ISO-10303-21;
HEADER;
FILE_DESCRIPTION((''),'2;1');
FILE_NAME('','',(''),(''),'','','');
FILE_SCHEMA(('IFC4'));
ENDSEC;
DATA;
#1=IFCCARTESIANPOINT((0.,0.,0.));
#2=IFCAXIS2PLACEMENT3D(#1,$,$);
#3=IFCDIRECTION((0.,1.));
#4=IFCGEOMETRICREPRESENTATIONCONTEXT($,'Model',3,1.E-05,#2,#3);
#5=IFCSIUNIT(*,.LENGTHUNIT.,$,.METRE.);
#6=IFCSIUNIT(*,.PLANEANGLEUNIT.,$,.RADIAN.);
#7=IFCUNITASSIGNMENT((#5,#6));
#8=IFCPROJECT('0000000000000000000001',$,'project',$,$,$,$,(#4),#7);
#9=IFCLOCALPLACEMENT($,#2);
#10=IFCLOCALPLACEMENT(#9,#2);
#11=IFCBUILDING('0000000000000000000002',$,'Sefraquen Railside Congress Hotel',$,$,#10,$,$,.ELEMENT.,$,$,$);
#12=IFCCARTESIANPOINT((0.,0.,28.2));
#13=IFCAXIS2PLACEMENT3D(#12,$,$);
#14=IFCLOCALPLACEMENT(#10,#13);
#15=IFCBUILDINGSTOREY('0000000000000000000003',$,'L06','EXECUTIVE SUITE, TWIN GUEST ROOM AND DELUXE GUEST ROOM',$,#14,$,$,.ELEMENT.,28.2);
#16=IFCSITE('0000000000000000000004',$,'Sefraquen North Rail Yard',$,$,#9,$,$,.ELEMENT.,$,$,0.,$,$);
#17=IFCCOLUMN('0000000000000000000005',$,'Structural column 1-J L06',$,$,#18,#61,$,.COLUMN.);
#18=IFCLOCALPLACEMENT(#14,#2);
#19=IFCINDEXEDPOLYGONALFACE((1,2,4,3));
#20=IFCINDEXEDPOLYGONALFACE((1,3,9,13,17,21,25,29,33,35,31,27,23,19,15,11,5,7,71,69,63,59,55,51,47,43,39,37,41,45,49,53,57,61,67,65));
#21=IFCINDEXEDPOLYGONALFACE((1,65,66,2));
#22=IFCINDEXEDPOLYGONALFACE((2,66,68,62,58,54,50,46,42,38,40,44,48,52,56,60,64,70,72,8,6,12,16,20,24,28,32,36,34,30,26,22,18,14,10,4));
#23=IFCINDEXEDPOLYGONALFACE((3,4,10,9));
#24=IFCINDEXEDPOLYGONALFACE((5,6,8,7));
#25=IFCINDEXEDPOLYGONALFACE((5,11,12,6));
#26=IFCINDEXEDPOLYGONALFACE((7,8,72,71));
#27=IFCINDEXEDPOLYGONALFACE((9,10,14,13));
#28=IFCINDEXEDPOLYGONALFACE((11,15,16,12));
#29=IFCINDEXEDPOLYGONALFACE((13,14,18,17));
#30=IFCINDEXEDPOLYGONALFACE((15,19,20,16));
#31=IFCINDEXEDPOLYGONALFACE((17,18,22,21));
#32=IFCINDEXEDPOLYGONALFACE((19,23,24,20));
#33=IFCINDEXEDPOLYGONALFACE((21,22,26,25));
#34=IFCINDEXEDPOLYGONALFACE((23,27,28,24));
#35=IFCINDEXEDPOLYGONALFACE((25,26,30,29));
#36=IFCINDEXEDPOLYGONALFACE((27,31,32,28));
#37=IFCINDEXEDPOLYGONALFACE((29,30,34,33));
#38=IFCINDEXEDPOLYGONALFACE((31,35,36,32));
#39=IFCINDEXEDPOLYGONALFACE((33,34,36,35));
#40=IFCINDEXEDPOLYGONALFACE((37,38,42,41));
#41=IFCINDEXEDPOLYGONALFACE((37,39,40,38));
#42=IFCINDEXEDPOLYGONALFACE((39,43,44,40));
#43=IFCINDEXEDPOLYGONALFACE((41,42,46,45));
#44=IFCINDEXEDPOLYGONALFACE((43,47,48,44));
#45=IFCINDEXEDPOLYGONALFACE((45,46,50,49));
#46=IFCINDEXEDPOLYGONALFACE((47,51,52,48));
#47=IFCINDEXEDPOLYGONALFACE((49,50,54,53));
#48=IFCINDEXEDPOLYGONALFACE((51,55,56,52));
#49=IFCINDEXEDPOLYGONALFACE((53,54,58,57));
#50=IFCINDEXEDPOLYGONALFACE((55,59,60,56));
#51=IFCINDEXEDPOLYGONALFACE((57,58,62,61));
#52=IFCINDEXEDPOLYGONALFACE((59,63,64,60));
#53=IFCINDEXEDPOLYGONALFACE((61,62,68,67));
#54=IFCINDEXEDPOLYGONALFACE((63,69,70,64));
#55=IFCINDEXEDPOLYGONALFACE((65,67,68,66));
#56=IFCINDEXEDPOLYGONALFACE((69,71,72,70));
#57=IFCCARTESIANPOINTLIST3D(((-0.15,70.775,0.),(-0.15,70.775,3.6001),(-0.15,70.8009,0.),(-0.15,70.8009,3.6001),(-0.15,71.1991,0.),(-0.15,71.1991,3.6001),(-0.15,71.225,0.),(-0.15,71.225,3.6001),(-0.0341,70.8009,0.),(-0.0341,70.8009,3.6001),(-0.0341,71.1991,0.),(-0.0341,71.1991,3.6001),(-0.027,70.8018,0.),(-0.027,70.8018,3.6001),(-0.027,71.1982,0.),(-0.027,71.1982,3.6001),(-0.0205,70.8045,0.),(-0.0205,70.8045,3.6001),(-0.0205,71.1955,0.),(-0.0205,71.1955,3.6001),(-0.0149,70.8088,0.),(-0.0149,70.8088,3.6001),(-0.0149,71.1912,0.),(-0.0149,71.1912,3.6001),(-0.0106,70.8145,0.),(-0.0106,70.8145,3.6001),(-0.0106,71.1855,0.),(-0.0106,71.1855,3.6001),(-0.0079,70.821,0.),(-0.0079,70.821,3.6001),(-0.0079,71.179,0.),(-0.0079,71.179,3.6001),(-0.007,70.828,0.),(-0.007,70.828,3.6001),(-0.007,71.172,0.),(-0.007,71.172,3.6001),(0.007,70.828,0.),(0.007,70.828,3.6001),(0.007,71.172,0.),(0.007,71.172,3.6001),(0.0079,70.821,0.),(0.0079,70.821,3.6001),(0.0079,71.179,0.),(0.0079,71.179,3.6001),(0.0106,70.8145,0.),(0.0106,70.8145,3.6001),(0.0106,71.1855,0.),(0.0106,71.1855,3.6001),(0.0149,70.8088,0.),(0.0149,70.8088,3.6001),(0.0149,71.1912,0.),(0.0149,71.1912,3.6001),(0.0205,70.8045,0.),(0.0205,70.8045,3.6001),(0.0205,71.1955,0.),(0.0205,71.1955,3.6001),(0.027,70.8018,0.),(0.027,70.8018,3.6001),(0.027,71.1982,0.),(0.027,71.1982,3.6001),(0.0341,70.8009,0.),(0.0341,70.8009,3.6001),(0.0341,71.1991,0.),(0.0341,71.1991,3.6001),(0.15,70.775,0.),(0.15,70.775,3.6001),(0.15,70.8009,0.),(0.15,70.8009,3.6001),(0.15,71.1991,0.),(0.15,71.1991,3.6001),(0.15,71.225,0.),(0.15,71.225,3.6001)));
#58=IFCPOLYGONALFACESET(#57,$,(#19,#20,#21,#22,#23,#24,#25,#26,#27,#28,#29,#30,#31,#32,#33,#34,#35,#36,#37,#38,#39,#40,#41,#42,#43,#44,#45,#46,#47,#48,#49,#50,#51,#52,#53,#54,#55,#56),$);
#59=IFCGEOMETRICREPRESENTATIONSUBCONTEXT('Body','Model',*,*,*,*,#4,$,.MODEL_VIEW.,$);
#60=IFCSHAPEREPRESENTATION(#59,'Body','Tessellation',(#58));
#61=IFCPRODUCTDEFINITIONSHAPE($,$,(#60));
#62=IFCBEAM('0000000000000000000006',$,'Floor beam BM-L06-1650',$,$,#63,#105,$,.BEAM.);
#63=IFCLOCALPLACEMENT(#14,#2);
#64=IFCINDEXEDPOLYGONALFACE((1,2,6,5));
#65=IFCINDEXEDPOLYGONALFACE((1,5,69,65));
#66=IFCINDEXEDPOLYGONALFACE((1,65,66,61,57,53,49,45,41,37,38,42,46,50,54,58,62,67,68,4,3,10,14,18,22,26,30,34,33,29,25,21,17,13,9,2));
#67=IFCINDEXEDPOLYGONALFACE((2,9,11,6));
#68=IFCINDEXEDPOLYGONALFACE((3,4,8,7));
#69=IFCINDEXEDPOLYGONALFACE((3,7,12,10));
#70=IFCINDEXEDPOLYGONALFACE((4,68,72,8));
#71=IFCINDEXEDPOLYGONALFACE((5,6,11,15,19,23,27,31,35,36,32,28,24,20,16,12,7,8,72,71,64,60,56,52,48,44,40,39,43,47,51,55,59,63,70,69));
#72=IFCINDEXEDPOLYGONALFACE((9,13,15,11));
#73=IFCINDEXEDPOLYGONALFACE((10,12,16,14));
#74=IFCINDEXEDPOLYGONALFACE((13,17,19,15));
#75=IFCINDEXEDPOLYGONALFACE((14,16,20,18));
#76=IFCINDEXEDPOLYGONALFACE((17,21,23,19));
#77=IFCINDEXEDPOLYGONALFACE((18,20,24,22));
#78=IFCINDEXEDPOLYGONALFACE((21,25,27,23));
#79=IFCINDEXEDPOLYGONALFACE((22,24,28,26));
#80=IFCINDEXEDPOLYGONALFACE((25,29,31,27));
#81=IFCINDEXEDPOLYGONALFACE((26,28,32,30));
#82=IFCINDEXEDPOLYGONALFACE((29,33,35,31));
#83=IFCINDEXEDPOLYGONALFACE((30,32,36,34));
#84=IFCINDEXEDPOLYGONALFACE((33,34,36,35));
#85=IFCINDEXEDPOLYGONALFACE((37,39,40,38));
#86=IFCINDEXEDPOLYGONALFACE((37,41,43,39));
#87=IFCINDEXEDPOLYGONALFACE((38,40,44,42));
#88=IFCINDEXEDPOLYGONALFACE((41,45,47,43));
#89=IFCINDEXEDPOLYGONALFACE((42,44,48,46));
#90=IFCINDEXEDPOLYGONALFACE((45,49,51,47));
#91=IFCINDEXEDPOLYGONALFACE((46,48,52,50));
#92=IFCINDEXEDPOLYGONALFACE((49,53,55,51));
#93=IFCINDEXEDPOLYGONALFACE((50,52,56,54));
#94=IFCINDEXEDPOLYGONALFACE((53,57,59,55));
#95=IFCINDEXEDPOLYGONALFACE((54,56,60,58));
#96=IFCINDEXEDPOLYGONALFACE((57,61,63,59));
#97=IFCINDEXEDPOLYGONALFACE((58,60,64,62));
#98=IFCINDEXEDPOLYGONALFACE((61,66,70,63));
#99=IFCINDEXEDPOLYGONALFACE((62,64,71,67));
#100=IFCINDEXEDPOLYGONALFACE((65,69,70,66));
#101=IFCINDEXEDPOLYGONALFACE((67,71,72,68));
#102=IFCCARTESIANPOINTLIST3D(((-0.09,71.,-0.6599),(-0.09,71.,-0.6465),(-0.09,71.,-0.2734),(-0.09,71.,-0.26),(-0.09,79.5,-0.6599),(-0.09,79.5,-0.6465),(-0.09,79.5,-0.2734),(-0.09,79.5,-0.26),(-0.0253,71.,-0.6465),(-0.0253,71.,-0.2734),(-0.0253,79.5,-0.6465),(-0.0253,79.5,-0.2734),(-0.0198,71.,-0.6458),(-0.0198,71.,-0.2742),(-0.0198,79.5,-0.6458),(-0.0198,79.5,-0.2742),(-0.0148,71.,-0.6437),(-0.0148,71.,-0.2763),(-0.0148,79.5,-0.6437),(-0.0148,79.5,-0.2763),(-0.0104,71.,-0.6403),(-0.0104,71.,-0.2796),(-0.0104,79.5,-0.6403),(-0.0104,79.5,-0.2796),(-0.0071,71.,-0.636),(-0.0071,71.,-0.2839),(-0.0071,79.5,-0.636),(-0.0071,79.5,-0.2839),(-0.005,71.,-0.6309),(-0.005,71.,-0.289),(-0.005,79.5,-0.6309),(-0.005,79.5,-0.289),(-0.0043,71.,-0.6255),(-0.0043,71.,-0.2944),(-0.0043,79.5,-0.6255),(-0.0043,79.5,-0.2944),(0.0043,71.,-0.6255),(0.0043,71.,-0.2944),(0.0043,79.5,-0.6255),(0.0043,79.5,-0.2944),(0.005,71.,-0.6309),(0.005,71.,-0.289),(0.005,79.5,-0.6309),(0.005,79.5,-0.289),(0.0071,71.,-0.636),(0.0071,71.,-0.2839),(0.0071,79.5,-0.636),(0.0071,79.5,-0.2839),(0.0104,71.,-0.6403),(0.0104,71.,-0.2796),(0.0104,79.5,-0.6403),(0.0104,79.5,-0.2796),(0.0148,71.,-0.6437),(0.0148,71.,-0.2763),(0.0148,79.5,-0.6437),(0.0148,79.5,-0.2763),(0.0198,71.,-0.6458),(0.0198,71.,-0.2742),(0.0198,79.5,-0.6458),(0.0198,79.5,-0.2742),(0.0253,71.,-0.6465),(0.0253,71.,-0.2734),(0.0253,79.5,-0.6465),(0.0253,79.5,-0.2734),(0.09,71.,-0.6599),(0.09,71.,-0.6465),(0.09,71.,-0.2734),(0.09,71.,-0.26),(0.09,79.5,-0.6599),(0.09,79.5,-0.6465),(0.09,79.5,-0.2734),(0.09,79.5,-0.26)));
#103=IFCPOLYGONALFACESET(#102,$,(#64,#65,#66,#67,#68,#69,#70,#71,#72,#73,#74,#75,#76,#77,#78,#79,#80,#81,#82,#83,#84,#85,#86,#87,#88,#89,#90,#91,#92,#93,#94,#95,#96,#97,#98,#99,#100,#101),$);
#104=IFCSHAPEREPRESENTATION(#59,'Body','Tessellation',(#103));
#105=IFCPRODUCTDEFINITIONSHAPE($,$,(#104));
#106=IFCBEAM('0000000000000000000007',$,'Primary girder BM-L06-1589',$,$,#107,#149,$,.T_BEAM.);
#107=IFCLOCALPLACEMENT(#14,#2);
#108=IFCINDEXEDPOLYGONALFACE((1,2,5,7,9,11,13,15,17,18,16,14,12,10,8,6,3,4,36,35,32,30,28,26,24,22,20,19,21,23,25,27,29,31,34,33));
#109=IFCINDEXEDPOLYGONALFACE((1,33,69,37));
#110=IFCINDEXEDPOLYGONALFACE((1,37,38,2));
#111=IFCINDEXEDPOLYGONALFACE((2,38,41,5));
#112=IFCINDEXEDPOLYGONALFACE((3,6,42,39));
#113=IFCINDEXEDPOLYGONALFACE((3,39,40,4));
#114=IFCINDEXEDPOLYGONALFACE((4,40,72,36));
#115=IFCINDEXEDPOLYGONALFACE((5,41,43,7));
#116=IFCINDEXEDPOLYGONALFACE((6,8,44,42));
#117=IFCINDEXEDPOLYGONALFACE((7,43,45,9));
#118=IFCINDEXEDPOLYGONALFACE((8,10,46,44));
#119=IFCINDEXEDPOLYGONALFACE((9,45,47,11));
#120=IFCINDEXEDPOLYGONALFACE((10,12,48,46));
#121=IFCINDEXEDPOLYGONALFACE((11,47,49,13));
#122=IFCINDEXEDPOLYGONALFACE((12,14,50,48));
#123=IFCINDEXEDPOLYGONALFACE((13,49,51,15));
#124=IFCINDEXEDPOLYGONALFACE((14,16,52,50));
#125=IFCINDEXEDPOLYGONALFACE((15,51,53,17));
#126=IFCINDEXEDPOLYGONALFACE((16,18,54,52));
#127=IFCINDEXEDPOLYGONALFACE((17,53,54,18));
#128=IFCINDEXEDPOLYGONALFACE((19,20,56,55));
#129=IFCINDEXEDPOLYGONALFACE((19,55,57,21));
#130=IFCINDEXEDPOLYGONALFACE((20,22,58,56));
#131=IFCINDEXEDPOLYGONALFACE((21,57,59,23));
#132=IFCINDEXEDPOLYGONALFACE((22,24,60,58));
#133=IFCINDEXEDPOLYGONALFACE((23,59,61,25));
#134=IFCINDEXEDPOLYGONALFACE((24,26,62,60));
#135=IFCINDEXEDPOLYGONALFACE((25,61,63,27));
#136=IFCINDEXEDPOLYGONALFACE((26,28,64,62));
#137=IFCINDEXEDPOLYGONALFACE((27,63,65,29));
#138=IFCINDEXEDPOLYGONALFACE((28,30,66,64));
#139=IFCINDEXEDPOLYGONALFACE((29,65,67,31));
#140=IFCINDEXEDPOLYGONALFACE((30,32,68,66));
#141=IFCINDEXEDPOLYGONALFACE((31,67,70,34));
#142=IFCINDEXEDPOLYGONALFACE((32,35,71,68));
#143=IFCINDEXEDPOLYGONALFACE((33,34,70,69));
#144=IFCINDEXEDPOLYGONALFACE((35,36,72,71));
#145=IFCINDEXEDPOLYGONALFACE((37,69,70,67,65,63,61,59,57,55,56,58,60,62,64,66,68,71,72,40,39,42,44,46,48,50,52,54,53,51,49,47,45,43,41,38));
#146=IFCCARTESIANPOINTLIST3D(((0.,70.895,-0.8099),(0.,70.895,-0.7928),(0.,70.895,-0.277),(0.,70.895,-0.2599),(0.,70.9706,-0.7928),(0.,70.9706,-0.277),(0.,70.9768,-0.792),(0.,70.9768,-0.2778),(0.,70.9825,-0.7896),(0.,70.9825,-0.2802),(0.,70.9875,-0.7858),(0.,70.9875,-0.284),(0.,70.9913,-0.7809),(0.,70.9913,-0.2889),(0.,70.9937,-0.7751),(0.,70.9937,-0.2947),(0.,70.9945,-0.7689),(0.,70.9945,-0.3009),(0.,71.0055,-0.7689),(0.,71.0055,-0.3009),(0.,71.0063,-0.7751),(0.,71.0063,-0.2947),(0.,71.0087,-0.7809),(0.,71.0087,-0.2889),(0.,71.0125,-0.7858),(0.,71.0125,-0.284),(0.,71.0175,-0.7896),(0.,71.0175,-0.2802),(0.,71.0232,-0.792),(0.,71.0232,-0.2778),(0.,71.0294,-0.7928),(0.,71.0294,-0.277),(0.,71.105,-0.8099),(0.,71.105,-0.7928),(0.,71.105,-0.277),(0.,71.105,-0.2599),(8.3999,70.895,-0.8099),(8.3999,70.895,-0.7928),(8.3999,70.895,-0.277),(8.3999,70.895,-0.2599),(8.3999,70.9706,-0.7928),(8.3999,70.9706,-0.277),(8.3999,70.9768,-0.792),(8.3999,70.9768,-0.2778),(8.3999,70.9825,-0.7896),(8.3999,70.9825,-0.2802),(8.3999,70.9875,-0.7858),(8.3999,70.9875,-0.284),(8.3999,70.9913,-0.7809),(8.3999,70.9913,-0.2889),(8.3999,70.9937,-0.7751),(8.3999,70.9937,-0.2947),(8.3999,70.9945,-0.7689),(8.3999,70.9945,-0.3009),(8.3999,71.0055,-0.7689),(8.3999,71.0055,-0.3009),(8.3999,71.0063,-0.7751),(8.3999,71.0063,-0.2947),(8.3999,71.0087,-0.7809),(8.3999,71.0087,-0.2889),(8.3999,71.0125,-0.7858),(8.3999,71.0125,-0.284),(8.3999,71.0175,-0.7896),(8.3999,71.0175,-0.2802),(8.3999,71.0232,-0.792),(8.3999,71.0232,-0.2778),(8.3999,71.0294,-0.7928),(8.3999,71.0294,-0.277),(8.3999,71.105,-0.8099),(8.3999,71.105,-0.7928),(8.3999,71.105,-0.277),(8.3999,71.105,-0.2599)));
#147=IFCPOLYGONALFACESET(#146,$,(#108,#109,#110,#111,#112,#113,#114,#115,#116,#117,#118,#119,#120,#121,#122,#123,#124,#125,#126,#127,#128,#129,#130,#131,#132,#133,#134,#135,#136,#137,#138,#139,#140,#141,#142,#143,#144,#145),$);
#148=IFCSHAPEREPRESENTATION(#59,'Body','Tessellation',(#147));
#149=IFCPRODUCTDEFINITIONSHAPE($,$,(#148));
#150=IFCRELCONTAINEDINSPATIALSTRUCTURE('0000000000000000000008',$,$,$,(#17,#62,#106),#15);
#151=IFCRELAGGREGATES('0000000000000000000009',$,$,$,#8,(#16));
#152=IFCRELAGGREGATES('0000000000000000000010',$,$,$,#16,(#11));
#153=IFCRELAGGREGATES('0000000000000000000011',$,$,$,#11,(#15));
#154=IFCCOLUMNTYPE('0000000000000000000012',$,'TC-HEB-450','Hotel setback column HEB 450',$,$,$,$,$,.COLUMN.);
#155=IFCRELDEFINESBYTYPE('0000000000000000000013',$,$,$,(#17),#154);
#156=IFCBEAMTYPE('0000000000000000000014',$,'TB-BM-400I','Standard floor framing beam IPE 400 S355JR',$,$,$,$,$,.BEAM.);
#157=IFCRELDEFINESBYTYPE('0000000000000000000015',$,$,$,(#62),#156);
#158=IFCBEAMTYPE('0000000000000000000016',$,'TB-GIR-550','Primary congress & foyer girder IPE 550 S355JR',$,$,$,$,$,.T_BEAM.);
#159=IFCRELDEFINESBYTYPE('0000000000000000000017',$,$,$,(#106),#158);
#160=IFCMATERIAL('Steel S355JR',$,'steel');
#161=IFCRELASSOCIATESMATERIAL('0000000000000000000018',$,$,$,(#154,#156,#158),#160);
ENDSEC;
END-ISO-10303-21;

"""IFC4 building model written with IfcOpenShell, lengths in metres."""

from ifc_helpers import new_model, si_unit, direction, frame, origin, origin_2d, place, context, subcontext, project, spatial, i_section, extrude, material, material_profile, profile_set, type_object, element, save


model = new_model("IFC4")

# Units and contexts
model_context = context("Model", 3, precision=1e-05, world=origin(), true_north=direction((0.0, 1.0)))
body_context = subcontext(model_context, "Body", "Model", "MODEL_VIEW")
ifc_project = project(units=[si_unit("LENGTHUNIT", "METRE"), si_unit("PLANEANGLEUNIT", "RADIAN")], contexts=[model_context])

# Site, building, storey
site_placement = place(None, origin())
site = spatial("IfcSite", under=ifc_project, at=site_placement, Name="Sefraquen North Rail Yard", CompositionType="ELEMENT", RefElevation=0.0)
building_placement = place(site_placement, origin())
building = spatial("IfcBuilding", under=site, at=building_placement, Name="Sefraquen Railside Congress Hotel", CompositionType="ELEMENT")
storey_placement = place(building_placement, frame((0.0, 0.0, 28.2)))
storey = spatial("IfcBuildingStorey", under=building, at=storey_placement, Name="L06", Description="EXECUTIVE SUITE, TWIN GUEST ROOM AND DELUXE GUEST ROOM", CompositionType="ELEMENT", Elevation=28.2)

# Column
ifc_material_1 = material(Name="Steel S355JR", Category="steel")
ifc_material_profile_1 = material_profile(ifc_material_1, i_section(OverallWidth=0.3, OverallDepth=0.45, WebThickness=0.0139, FlangeThickness=0.0259, FilletRadius=0.0271, at=origin_2d()), Name="HEB 450")
ifc_profile_set_1 = profile_set([ifc_material_profile_1], Name="Steel S355JR")
column_type = type_object("IfcColumnType", Name="TC-HEB-450", Description="Hotel setback column HEB 450", PredefinedType="COLUMN", material=ifc_profile_set_1)
column_placement = place(storey_placement, frame((0.0, 71.0, 0.0), z_axis=(0.0, 0.0, 1.0), x_axis=(1.0, 0.0, 0.0)))
element("IfcColumn", 1, at=column_placement, inside=storey, type_object=column_type, Name="Structural column 1-J L06", PredefinedType="COLUMN", context=body_context, shape_type="SweptSolid", body=[
    extrude(i_section(OverallWidth=0.3, OverallDepth=0.45, WebThickness=0.0139, FlangeThickness=0.0259, FilletRadius=0.0271, at=origin_2d()), origin(), (0.0, 0.0, 1.0), 3.6001),
])

# Beams
ifc_material_profile_2 = material_profile(ifc_material_1, i_section(OverallWidth=0.1799, OverallDepth=0.3999, WebThickness=0.0085, FlangeThickness=0.0134, FilletRadius=0.021, at=origin_2d()), Name="IPE 400")
ifc_profile_set_2 = profile_set([ifc_material_profile_2], Name="Steel S355JR")
beam_type_1 = type_object("IfcBeamType", Name="TB-BM-400I", Description="Standard floor framing beam IPE 400 S355JR", PredefinedType="BEAM", material=ifc_profile_set_2)
beam_1_placement = place(storey_placement, frame((0.0, 71.0, -0.46), z_axis=(0.0, 1.0, 0.0), x_axis=(-1.0, 0.0, 0.0)))
element("IfcBeam", 2, at=beam_1_placement, inside=storey, type_object=beam_type_1, Name="Floor beam BM-L06-1650", PredefinedType="BEAM", context=body_context, shape_type="SweptSolid", body=[
    extrude(i_section(OverallWidth=0.1799, OverallDepth=0.3999, WebThickness=0.0085, FlangeThickness=0.0134, FilletRadius=0.021, at=origin_2d()), origin(), (0.0, 0.0, 1.0), 8.5),
])
ifc_material_profile_3 = material_profile(ifc_material_1, i_section(OverallWidth=0.21, OverallDepth=0.55, WebThickness=0.011, FlangeThickness=0.0171, FilletRadius=0.0239, at=origin_2d()), Name="IPE 550")
ifc_profile_set_3 = profile_set([ifc_material_profile_3], Name="Steel S355JR")
beam_type_2 = type_object("IfcBeamType", Name="TB-GIR-550", Description="Primary congress & foyer girder IPE 550 S355JR", PredefinedType="T_BEAM", material=ifc_profile_set_3)
beam_2_placement = place(storey_placement, frame((0.0, 71.0, -0.5349), z_axis=(1.0, 0.0, 0.0), x_axis=(0.0, 1.0, 0.0)))
element("IfcBeam", 3, at=beam_2_placement, inside=storey, type_object=beam_type_2, Name="Primary girder BM-L06-1589", PredefinedType="T_BEAM", context=body_context, shape_type="SweptSolid", body=[
    extrude(i_section(OverallWidth=0.21, OverallDepth=0.55, WebThickness=0.011, FlangeThickness=0.0171, FilletRadius=0.0239, at=origin_2d()), origin(), (0.0, 0.0, 1.0), 8.3999),
])

save(model, "model.ifc")
